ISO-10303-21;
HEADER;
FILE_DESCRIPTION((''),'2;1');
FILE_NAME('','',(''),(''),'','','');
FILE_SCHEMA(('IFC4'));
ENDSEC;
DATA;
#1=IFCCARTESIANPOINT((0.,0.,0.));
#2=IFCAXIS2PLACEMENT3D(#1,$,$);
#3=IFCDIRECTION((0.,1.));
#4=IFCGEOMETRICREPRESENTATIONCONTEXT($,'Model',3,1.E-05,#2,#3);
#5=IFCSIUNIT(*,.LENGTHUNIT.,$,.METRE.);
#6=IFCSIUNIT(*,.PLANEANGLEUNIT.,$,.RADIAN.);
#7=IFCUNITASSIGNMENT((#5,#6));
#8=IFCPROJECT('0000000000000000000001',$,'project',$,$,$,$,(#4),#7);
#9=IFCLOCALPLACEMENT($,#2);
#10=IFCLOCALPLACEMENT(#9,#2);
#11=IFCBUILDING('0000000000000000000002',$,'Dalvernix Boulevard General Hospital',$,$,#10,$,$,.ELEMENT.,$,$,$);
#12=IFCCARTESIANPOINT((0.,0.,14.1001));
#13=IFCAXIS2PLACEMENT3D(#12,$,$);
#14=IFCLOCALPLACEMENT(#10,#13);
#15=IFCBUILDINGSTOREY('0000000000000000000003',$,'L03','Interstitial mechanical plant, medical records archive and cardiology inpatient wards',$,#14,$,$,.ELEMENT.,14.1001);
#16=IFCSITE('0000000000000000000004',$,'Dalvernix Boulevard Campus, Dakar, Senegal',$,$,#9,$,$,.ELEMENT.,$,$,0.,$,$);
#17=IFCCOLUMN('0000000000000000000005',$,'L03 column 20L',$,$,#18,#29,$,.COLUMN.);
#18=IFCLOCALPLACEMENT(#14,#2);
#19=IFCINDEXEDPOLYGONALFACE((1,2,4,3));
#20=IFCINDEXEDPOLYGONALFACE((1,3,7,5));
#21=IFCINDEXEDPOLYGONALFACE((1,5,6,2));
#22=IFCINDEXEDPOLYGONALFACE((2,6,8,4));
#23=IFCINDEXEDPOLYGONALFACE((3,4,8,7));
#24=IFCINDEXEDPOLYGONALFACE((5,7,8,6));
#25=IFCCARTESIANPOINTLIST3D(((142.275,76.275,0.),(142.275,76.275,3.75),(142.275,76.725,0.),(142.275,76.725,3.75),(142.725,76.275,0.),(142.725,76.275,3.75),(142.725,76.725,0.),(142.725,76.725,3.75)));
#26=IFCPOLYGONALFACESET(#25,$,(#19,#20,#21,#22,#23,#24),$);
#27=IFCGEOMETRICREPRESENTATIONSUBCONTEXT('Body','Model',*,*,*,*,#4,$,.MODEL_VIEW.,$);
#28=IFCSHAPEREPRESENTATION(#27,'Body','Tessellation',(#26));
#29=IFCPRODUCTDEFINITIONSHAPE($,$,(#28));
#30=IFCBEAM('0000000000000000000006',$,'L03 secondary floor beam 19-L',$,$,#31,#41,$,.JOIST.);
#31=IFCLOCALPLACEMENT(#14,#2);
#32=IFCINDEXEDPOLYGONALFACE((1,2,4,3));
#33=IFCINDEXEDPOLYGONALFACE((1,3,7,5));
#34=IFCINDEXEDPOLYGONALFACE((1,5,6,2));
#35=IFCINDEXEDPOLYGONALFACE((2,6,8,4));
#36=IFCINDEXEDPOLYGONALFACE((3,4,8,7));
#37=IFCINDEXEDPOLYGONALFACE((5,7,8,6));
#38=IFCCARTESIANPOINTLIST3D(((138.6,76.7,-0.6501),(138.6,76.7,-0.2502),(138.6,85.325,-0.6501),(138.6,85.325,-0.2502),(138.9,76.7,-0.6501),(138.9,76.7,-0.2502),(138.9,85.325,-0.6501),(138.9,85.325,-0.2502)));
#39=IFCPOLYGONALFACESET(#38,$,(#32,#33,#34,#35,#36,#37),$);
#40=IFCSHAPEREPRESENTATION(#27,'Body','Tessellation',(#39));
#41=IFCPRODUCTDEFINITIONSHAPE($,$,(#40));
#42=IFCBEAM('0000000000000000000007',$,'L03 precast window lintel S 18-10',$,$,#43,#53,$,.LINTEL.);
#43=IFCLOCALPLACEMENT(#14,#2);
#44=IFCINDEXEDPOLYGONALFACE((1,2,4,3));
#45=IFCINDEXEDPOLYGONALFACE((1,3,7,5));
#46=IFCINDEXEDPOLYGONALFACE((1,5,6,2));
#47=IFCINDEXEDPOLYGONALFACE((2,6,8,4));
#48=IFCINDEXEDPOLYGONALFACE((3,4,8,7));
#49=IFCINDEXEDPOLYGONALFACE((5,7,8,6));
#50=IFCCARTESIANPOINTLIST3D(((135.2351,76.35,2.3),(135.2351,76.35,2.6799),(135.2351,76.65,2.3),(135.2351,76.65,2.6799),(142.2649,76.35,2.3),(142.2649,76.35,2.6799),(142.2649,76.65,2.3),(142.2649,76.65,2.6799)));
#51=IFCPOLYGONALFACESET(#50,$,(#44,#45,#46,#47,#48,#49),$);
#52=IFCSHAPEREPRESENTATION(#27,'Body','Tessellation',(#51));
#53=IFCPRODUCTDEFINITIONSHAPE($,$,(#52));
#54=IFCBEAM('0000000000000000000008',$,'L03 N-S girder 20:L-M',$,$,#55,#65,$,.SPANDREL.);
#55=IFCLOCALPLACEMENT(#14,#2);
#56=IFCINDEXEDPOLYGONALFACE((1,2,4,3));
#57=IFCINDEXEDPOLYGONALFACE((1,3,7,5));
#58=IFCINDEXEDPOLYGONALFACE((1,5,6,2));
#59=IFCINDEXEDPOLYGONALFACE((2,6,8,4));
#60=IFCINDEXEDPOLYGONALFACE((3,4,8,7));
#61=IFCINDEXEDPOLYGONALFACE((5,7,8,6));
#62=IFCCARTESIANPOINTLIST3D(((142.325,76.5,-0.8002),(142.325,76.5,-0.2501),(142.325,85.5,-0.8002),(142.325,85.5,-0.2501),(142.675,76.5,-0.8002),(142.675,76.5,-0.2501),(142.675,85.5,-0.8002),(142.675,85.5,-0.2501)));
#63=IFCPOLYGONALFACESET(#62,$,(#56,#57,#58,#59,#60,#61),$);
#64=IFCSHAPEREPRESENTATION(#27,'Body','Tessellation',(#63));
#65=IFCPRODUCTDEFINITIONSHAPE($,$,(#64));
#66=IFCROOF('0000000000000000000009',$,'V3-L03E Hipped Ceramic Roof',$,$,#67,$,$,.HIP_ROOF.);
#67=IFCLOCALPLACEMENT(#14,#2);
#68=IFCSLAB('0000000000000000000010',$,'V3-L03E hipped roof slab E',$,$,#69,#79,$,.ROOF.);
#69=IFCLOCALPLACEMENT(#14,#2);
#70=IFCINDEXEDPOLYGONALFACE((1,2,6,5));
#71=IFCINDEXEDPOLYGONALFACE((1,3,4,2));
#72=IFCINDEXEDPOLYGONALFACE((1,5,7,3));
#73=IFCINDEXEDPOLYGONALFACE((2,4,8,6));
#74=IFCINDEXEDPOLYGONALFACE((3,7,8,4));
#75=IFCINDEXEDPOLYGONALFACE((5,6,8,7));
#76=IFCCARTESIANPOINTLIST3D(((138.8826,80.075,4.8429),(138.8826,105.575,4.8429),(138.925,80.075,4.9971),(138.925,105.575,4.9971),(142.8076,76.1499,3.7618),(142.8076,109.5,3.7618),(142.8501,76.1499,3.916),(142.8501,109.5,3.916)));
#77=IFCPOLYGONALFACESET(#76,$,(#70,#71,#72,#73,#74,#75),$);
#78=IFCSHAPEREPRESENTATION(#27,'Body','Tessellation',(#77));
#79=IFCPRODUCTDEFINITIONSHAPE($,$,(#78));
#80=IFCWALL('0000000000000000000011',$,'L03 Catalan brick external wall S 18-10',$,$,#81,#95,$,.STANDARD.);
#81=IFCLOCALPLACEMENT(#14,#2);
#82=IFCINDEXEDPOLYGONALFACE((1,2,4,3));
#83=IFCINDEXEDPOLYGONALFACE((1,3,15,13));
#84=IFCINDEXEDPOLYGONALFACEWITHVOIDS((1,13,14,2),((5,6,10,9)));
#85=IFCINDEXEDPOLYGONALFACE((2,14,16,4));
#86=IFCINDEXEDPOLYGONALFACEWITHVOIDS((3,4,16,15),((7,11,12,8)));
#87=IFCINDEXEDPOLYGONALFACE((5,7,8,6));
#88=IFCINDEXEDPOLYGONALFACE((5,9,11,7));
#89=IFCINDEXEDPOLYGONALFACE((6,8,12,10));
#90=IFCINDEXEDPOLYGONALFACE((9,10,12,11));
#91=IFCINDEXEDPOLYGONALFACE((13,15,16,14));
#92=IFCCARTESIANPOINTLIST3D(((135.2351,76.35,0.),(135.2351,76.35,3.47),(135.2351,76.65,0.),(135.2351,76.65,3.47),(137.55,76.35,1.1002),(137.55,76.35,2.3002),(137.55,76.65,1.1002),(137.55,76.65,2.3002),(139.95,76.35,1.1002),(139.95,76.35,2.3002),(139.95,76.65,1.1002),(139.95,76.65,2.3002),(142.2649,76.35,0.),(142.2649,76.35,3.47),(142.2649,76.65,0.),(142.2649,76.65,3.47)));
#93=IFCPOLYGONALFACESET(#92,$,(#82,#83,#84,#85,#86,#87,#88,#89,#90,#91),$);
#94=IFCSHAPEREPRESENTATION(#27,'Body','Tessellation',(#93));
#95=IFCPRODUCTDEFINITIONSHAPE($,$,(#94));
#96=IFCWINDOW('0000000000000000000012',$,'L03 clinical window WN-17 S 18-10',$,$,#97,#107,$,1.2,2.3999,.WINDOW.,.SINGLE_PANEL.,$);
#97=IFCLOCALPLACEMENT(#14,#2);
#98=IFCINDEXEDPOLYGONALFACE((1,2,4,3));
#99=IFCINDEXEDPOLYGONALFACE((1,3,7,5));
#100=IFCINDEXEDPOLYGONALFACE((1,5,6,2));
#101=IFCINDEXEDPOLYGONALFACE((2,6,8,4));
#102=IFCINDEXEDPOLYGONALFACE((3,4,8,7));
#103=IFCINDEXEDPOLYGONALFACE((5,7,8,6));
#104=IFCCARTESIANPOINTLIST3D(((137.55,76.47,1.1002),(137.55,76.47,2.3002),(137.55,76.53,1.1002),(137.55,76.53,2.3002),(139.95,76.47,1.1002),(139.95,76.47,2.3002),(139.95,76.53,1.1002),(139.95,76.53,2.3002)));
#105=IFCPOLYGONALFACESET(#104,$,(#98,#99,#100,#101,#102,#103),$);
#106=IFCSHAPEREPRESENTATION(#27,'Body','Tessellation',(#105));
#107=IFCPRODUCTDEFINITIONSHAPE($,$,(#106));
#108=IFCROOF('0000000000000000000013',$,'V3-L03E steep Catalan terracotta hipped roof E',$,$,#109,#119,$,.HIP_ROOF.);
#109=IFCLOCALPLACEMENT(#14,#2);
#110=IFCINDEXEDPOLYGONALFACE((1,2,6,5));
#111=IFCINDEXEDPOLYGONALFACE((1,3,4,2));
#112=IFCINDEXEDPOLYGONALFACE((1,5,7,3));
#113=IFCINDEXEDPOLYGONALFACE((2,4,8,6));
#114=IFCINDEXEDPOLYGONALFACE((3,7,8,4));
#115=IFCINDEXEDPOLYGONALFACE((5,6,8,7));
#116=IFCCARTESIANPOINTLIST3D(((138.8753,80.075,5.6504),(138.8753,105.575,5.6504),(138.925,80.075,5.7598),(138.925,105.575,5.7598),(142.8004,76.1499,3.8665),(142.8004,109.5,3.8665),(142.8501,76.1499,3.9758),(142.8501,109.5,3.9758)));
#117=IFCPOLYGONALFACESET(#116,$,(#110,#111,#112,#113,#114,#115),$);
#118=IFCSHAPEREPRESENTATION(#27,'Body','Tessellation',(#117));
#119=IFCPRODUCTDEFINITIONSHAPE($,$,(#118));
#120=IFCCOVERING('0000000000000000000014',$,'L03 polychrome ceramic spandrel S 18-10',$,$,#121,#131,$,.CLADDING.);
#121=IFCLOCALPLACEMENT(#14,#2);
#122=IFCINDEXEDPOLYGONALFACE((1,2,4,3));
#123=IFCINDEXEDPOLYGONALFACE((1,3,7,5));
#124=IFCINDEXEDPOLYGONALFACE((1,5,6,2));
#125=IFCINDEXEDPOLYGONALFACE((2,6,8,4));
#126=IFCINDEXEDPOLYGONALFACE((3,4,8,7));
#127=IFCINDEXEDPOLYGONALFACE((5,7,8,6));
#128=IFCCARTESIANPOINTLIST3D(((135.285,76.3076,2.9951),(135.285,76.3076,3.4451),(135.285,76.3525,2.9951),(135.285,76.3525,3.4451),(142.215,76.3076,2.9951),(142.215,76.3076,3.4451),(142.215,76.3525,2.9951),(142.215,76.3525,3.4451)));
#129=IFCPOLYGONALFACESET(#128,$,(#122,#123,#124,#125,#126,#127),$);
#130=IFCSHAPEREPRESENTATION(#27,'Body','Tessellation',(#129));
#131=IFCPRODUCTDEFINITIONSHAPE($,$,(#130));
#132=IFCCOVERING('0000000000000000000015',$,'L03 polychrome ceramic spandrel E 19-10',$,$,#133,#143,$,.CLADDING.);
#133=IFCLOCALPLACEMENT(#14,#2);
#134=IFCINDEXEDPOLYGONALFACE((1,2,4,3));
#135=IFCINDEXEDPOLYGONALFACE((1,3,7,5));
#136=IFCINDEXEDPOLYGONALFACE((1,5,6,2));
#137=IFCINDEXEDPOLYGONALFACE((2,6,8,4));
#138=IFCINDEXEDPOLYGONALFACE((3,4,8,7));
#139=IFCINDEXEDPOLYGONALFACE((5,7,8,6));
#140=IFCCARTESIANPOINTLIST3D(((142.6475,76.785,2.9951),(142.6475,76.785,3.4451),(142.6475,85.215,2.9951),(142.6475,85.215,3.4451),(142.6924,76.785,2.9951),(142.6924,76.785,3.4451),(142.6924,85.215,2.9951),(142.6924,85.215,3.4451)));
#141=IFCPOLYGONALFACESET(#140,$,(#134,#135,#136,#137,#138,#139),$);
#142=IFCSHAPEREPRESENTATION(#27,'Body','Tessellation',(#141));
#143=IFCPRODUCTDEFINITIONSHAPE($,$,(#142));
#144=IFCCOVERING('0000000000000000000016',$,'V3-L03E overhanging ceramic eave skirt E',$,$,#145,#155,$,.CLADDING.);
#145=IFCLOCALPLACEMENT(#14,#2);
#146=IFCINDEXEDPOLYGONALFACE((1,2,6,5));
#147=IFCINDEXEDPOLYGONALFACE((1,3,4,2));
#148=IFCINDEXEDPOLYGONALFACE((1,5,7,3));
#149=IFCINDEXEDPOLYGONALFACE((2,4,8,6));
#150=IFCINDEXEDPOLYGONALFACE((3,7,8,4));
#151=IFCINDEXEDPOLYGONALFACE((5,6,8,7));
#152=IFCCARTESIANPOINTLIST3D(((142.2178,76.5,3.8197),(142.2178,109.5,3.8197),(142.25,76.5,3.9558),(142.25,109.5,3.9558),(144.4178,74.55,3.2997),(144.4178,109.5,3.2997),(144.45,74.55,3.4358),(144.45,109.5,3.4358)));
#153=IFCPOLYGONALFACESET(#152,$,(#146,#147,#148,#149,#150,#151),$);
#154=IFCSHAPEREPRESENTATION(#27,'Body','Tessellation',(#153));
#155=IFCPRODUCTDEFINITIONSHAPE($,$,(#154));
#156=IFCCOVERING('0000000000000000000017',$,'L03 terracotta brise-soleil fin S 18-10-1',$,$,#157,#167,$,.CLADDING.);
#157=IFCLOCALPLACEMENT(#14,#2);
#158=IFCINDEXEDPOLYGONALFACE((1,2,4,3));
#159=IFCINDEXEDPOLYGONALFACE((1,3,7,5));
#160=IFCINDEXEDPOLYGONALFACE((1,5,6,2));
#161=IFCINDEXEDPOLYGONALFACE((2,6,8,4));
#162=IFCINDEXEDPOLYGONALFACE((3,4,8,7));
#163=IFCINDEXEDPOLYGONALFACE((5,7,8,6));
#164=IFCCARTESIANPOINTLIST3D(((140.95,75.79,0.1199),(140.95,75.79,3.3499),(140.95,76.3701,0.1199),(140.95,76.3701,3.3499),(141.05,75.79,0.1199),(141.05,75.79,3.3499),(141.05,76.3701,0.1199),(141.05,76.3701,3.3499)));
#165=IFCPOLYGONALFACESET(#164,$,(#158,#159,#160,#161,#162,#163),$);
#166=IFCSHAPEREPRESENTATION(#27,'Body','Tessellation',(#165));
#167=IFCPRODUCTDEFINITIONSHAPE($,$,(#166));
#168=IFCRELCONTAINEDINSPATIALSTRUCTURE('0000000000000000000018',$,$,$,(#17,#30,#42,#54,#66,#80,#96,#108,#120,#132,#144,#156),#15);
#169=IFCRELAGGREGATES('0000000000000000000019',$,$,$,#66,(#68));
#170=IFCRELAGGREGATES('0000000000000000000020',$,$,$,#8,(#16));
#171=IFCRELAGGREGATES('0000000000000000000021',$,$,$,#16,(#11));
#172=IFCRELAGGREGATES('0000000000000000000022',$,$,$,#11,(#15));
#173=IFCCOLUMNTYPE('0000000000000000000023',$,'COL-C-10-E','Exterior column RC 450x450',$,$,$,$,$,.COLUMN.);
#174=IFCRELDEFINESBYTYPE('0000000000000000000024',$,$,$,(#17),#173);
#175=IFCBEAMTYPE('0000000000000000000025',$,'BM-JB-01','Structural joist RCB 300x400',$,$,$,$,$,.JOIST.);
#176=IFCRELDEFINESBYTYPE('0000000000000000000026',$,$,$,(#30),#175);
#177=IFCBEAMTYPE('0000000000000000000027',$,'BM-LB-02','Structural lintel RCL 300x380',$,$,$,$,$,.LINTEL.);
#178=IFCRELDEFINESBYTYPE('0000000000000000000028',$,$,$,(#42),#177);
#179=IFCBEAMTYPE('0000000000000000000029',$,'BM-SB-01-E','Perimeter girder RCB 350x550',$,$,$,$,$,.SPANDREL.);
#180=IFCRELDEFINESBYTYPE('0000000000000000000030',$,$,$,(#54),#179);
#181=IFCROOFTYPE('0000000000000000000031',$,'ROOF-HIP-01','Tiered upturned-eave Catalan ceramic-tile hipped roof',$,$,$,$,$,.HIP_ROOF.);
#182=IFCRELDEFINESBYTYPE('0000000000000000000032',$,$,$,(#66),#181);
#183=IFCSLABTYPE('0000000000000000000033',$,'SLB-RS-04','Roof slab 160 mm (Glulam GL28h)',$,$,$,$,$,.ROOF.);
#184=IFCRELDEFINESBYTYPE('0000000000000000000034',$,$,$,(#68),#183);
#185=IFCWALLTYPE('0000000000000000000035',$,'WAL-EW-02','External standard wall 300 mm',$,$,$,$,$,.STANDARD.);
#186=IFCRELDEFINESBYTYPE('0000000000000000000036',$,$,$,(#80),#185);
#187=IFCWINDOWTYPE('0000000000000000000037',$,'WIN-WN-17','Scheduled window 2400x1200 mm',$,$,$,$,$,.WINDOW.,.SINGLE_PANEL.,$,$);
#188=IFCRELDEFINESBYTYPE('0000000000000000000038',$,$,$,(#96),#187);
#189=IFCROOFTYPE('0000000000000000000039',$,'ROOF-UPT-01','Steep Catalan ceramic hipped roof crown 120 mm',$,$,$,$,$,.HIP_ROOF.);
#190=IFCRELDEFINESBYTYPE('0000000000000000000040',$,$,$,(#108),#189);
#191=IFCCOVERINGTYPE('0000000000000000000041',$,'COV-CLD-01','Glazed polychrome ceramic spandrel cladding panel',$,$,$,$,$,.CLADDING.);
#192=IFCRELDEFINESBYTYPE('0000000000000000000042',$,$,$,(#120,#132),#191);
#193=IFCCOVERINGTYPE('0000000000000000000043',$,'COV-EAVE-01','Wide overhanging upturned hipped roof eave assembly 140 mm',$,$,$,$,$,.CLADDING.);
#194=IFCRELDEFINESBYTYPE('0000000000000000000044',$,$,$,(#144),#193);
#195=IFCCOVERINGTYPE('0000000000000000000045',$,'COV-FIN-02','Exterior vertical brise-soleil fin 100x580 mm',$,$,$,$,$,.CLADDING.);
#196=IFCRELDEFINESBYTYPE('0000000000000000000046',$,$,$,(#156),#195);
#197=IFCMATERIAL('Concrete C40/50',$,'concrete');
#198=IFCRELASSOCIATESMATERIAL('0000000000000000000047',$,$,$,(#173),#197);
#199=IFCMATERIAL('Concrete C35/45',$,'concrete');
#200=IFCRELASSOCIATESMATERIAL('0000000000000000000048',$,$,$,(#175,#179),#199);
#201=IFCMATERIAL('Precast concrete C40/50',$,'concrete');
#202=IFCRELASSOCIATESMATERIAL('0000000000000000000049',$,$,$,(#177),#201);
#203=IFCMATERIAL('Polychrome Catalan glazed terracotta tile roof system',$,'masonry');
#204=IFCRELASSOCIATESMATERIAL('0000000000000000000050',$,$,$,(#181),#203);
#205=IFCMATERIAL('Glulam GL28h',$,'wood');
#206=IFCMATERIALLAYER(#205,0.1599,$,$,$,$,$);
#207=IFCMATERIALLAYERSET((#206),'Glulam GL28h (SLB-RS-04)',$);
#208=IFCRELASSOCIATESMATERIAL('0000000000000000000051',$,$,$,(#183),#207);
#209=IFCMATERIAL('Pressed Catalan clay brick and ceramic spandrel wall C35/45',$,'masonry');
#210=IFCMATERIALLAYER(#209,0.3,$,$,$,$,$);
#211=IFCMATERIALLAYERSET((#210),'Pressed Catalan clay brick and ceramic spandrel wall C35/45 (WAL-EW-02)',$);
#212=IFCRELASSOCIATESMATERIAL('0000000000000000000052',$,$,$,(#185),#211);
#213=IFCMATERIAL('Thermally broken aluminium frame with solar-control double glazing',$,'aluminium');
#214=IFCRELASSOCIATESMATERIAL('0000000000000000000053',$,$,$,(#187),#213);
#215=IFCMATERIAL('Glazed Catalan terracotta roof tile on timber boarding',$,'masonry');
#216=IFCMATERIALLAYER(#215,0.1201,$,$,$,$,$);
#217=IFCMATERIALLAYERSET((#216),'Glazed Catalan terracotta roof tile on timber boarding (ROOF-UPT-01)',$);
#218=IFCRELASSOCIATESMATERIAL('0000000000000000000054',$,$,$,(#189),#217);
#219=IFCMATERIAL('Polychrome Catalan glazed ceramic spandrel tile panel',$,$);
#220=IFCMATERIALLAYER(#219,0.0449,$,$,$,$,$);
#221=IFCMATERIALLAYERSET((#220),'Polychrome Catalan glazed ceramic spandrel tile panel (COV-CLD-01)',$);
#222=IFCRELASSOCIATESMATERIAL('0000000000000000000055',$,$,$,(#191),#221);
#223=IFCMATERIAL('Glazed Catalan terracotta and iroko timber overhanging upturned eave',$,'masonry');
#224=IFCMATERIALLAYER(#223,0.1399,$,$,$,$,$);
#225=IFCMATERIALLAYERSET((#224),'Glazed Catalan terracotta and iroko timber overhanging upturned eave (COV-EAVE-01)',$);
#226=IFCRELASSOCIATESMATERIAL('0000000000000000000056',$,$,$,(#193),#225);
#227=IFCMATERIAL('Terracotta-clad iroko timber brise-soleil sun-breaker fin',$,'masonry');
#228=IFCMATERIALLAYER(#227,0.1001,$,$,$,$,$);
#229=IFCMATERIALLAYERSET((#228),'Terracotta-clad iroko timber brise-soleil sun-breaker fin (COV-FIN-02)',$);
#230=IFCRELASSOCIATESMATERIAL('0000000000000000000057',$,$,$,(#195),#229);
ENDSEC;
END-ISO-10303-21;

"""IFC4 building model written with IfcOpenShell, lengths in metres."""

from ifc_helpers import new_model, si_unit, direction, frame, frame_2d, origin, origin_2d, place, context, subcontext, project, spatial, polyline, rectangle, outline, extrude, material, layer, layer_set, material_profile, profile_set, type_object, element, fill, aggregate, save


model = new_model("IFC4")

# Units and contexts
model_context = context("Model", 3, precision=1e-05, world=origin(), true_north=direction((0.0, 1.0)))
body_context = subcontext(model_context, "Body", "Model", "MODEL_VIEW")
ifc_project = project(units=[si_unit("LENGTHUNIT", "METRE"), si_unit("PLANEANGLEUNIT", "RADIAN")], contexts=[model_context])

# Site, building, storey
site_placement = place(None, origin())
site = spatial("IfcSite", under=ifc_project, at=site_placement, Name="Dalvernix Boulevard Campus, Dakar, Senegal", CompositionType="ELEMENT", RefElevation=0.0)
building_placement = place(site_placement, origin())
building = spatial("IfcBuilding", under=site, at=building_placement, Name="Dalvernix Boulevard General Hospital", CompositionType="ELEMENT")
storey_placement = place(building_placement, frame((0.0, 0.0, 14.1001)))
storey = spatial("IfcBuildingStorey", under=building, at=storey_placement, Name="L03", Description="Interstitial mechanical plant, medical records archive and cardiology inpatient wards", CompositionType="ELEMENT", Elevation=14.1001)

# Column
ifc_material_1 = material(Name="Concrete C40/50", Category="concrete")
ifc_material_profile_1 = material_profile(ifc_material_1, rectangle(XDim=0.45, YDim=0.45, at=origin_2d()), Name="RC 450x450")
ifc_profile_set_1 = profile_set([ifc_material_profile_1], Name="Concrete C40/50")
column_type = type_object("IfcColumnType", Name="COL-C-10-E", Description="Exterior column RC 450x450", PredefinedType="COLUMN", material=ifc_profile_set_1)
column_placement = place(storey_placement, frame((142.5, 76.5, 0.0), z_axis=(0.0, 0.0, 1.0), x_axis=(1.0, 0.0, 0.0)))
element("IfcColumn", 1, at=column_placement, inside=storey, type_object=column_type, Name="L03 column 20L", PredefinedType="COLUMN", context=body_context, shape_type="SweptSolid", body=[
    extrude(rectangle(XDim=0.45, YDim=0.45, at=origin_2d()), origin(), (0.0, 0.0, 1.0), 3.75),
])

# Beams
ifc_material_2 = material(Name="Concrete C35/45", Category="concrete")
ifc_material_profile_2 = material_profile(ifc_material_2, rectangle(XDim=0.3, YDim=0.3999, at=origin_2d()), Name="RCB 300x400")
ifc_profile_set_2 = profile_set([ifc_material_profile_2], Name="Concrete C35/45")
beam_type_1 = type_object("IfcBeamType", Name="BM-JB-01", Description="Structural joist RCB 300x400", PredefinedType="JOIST", material=ifc_profile_set_2)
beam_1_placement = place(storey_placement, frame((138.75, 76.7, -0.4502), z_axis=(0.0, 1.0, 0.0), x_axis=(-1.0, 0.0, 0.0)))
element("IfcBeam", 2, at=beam_1_placement, inside=storey, type_object=beam_type_1, Name="L03 secondary floor beam 19-L", PredefinedType="JOIST", context=body_context, shape_type="SweptSolid", body=[
    extrude(rectangle(XDim=0.3, YDim=0.3999, at=origin_2d()), origin(), (0.0, 0.0, 1.0), 8.625),
])
ifc_material_3 = material(Name="Precast concrete C40/50", Category="concrete")
ifc_material_profile_3 = material_profile(ifc_material_3, rectangle(XDim=0.3, YDim=0.3799, at=origin_2d()), Name="RCL 300x380")
ifc_profile_set_3 = profile_set([ifc_material_profile_3], Name="Precast concrete C40/50")
beam_type_2 = type_object("IfcBeamType", Name="BM-LB-02", Description="Structural lintel RCL 300x380", PredefinedType="LINTEL", material=ifc_profile_set_3)
beam_2_placement = place(storey_placement, frame((142.2649, 76.5, 2.49), z_axis=(-1.0, 0.0, 0.0), x_axis=(0.0, -1.0, 0.0)))
element("IfcBeam", 3, at=beam_2_placement, inside=storey, type_object=beam_type_2, Name="L03 precast window lintel S 18-10", PredefinedType="LINTEL", context=body_context, shape_type="SweptSolid", body=[
    extrude(rectangle(XDim=0.3, YDim=0.3799, at=origin_2d()), origin(), (0.0, 0.0, 1.0), 7.0298),
])
ifc_material_profile_4 = material_profile(ifc_material_2, rectangle(XDim=0.3501, YDim=0.55, at=origin_2d()), Name="RCB 350x550")
ifc_profile_set_4 = profile_set([ifc_material_profile_4], Name="Concrete C35/45")
beam_type_3 = type_object("IfcBeamType", Name="BM-SB-01-E", Description="Perimeter girder RCB 350x550", PredefinedType="SPANDREL", material=ifc_profile_set_4)
beam_3_placement = place(storey_placement, frame((142.5, 76.5, -0.5251), z_axis=(0.0, 1.0, 0.0), x_axis=(-1.0, 0.0, 0.0)))
element("IfcBeam", 4, at=beam_3_placement, inside=storey, type_object=beam_type_3, Name="L03 N-S girder 20:L-M", PredefinedType="SPANDREL", context=body_context, shape_type="SweptSolid", body=[
    extrude(rectangle(XDim=0.3501, YDim=0.55, at=origin_2d()), origin(), (0.0, 0.0, 1.0), 9.0),
])

# Roof, slab
ifc_material_4 = material(Name="Polychrome Catalan glazed terracotta tile roof system", Category="masonry")
roof_type_1 = type_object("IfcRoofType", Name="ROOF-HIP-01", Description="Tiered upturned-eave Catalan ceramic-tile hipped roof", PredefinedType="HIP_ROOF", material=ifc_material_4)
roof_1_placement = place(storey_placement, origin())
roof_1 = element("IfcRoof", 5, at=roof_1_placement, inside=storey, type_object=roof_type_1, Name="V3-L03E Hipped Ceramic Roof", PredefinedType="HIP_ROOF")
ifc_material_5 = material(Name="Glulam GL28h", Category="wood")
ifc_layer_1 = layer(ifc_material_5, 0.1599)
ifc_layer_set_1 = layer_set([ifc_layer_1], Name="Glulam GL28h (SLB-RS-04)")
slab_type = type_object("IfcSlabType", Name="SLB-RS-04", Description="Roof slab 160 mm (Glulam GL28h)", PredefinedType="ROOF", material=ifc_layer_set_1)
slab_placement = place(storey_placement, frame((142.8501, 76.1499, 3.916), z_axis=(0.265537, 0.0, 0.964101), x_axis=(0.0, 1.0, 0.0)))
slab = element("IfcSlab", 6, at=slab_placement, type_object=slab_type, Name="V3-L03E hipped roof slab E", PredefinedType="ROOF", context=body_context, shape_type="SweptSolid", body=[
    extrude(outline(polyline([(0.0, 0.0), (33.3501, 0.0), (29.425, 4.0712), (3.925, 4.0712), (0.0, 0.0)])), origin(), (0.0, 0.0, -1.0), 0.1599),
])
aggregate(roof_1, [slab])

# Wall, opening, window
ifc_material_6 = material(Name="Pressed Catalan clay brick and ceramic spandrel wall C35/45", Category="masonry")
ifc_layer_2 = layer(ifc_material_6, 0.3)
ifc_layer_set_2 = layer_set([ifc_layer_2], Name="Pressed Catalan clay brick and ceramic spandrel wall C35/45 (WAL-EW-02)")
wall_type = type_object("IfcWallType", Name="WAL-EW-02", Description="External standard wall 300 mm", PredefinedType="STANDARD", material=ifc_layer_set_2)
wall_placement = place(storey_placement, frame((142.2649, 76.5, 0.0), z_axis=(0.0, 0.0, 1.0), x_axis=(-1.0, 0.0, 0.0)))
wall = element("IfcWall", 7, at=wall_placement, inside=storey, type_object=wall_type, Name="L03 Catalan brick external wall S 18-10", PredefinedType="STANDARD", context=body_context, shape_type="SweptSolid", body=[
    extrude(rectangle(XDim=7.0298, YDim=0.3, at=frame_2d((3.5149, 0.0))), origin(), (0.0, 0.0, 1.0), 3.47),
])
opening_placement = place(wall_placement, frame((2.3149, 0.0, 1.1001)))
opening = element("IfcOpeningElement", 8, at=opening_placement, cuts=wall, PredefinedType="OPENING", context=body_context, shape_type="SweptSolid", body=[
    extrude(rectangle(XDim=2.3999, YDim=1.2, at=frame_2d((1.2, 0.6001))), frame((0.0, 0.1599, 0.0), z_axis=(0.0, -1.0, 0.0), x_axis=(1.0, 0.0, 0.0)), (0.0, 0.0, 1.0), 0.3201),
])
ifc_material_7 = material(Name="Thermally broken aluminium frame with solar-control double glazing", Category="aluminium")
window_type = type_object("IfcWindowType", Name="WIN-WN-17", Description="Scheduled window 2400x1200 mm", PartitioningType="SINGLE_PANEL", PredefinedType="WINDOW", material=ifc_material_7)
window_placement = place(opening_placement, origin())
window = element("IfcWindow", 9, at=window_placement, inside=storey, type_object=window_type, Name="L03 clinical window WN-17 S 18-10", OverallHeight=1.2, OverallWidth=2.3999, PartitioningType="SINGLE_PANEL", PredefinedType="WINDOW", context=body_context, shape_type="SweptSolid", body=[
    extrude(rectangle(XDim=2.3999, YDim=1.2, at=frame_2d((1.2, 0.6001))), frame((0.0, 0.03, 0.0), z_axis=(0.0, -1.0, 0.0), x_axis=(1.0, 0.0, 0.0)), (0.0, 0.0, 1.0), 0.0601),
])
fill(opening, window)

# Roof
ifc_material_8 = material(Name="Glazed Catalan terracotta roof tile on timber boarding", Category="masonry")
ifc_layer_3 = layer(ifc_material_8, 0.1201)
ifc_layer_set_3 = layer_set([ifc_layer_3], Name="Glazed Catalan terracotta roof tile on timber boarding (ROOF-UPT-01)")
roof_type_2 = type_object("IfcRoofType", Name="ROOF-UPT-01", Description="Steep Catalan ceramic hipped roof crown 120 mm", PredefinedType="HIP_ROOF", material=ifc_layer_set_3)
roof_2_placement = place(storey_placement, frame((142.8501, 76.1499, 3.9758), z_axis=(0.413769, 0.0, 0.910382), x_axis=(0.0, 1.0, 0.0)))
element("IfcRoof", 10, at=roof_2_placement, inside=storey, type_object=roof_type_2, Name="V3-L03E steep Catalan terracotta hipped roof E", PredefinedType="HIP_ROOF", context=body_context, shape_type="SweptSolid", body=[
    extrude(outline(polyline([(0.0, 0.0), (33.3501, 0.0), (29.425, 4.3114), (3.925, 4.3114), (0.0, 0.0)])), origin(), (0.0, 0.0, -1.0), 0.1201),
])

# Coverings
ifc_material_9 = material(Name="Polychrome Catalan glazed ceramic spandrel tile panel")
ifc_layer_4 = layer(ifc_material_9, 0.0449)
ifc_layer_set_4 = layer_set([ifc_layer_4], Name="Polychrome Catalan glazed ceramic spandrel tile panel (COV-CLD-01)")
covering_type_1 = type_object("IfcCoveringType", Name="COV-CLD-01", Description="Glazed polychrome ceramic spandrel cladding panel", PredefinedType="CLADDING", material=ifc_layer_set_4)
covering_1_placement = place(storey_placement, frame((138.75, 76.3301, 2.9951), z_axis=(0.0, 0.0, 1.0), x_axis=(-1.0, 0.0, 0.0)))
element("IfcCovering", 11, at=covering_1_placement, inside=storey, type_object=covering_type_1, Name="L03 polychrome ceramic spandrel S 18-10", PredefinedType="CLADDING", context=body_context, shape_type="SweptSolid", body=[
    extrude(rectangle(XDim=6.9299, YDim=0.0449, at=origin_2d()), origin(), (0.0, 0.0, 1.0), 0.45),
])
covering_2_placement = place(storey_placement, frame((142.6699, 81.0, 2.9951), z_axis=(0.0, 0.0, 1.0), x_axis=(0.0, -1.0, 0.0)))
element("IfcCovering", 12, at=covering_2_placement, inside=storey, type_object=covering_type_1, Name="L03 polychrome ceramic spandrel E 19-10", PredefinedType="CLADDING", context=body_context, shape_type="SweptSolid", body=[
    extrude(rectangle(XDim=8.4299, YDim=0.0449, at=origin_2d()), origin(), (0.0, 0.0, 1.0), 0.45),
])
ifc_material_10 = material(Name="Glazed Catalan terracotta and iroko timber overhanging upturned eave", Category="masonry")
ifc_layer_5 = layer(ifc_material_10, 0.1399)
ifc_layer_set_5 = layer_set([ifc_layer_5], Name="Glazed Catalan terracotta and iroko timber overhanging upturned eave (COV-EAVE-01)")
covering_type_2 = type_object("IfcCoveringType", Name="COV-EAVE-01", Description="Wide overhanging upturned hipped roof eave assembly 140 mm", PredefinedType="CLADDING", material=ifc_layer_set_5)
covering_3_placement = place(storey_placement, frame((142.25, 76.5, 3.9558), z_axis=(0.230038, 0.0, 0.973182), x_axis=(0.0, 1.0, 0.0)))
element("IfcCovering", 13, at=covering_3_placement, inside=storey, type_object=covering_type_2, Name="V3-L03E overhanging ceramic eave skirt E", PredefinedType="CLADDING", context=body_context, shape_type="SweptSolid", body=[
    extrude(outline(polyline([(0.0, 0.0), (33.0, 0.0), (33.0, -2.2606), (-1.95, -2.2606), (0.0, 0.0)])), origin(), (0.0, 0.0, -1.0), 0.1399),
])
ifc_material_11 = material(Name="Terracotta-clad iroko timber brise-soleil sun-breaker fin", Category="masonry")
ifc_layer_6 = layer(ifc_material_11, 0.1001)
ifc_layer_set_6 = layer_set([ifc_layer_6], Name="Terracotta-clad iroko timber brise-soleil sun-breaker fin (COV-FIN-02)")
covering_type_3 = type_object("IfcCoveringType", Name="COV-FIN-02", Description="Exterior vertical brise-soleil fin 100x580 mm", PredefinedType="CLADDING", material=ifc_layer_set_6)
for number, where, z_axis, x_axis, name in (
    (14, (141.0, 76.0801, 0.1199), (0.0, 0.0, 1.0), (-1.0, 0.0, 0.0), "L03 terracotta brise-soleil fin S 18-10-1"),
):
    element("IfcCovering", number, at=place(storey_placement, frame(where, z_axis=z_axis, x_axis=x_axis)), inside=storey, type_object=covering_type_3, Name=name, PredefinedType="CLADDING", context=body_context, shape_type="SweptSolid", body=[
        extrude(rectangle(XDim=0.1001, YDim=0.5801, at=origin_2d()), origin(), (0.0, 0.0, 1.0), 3.23),
    ])

save(model, "model.ifc")
